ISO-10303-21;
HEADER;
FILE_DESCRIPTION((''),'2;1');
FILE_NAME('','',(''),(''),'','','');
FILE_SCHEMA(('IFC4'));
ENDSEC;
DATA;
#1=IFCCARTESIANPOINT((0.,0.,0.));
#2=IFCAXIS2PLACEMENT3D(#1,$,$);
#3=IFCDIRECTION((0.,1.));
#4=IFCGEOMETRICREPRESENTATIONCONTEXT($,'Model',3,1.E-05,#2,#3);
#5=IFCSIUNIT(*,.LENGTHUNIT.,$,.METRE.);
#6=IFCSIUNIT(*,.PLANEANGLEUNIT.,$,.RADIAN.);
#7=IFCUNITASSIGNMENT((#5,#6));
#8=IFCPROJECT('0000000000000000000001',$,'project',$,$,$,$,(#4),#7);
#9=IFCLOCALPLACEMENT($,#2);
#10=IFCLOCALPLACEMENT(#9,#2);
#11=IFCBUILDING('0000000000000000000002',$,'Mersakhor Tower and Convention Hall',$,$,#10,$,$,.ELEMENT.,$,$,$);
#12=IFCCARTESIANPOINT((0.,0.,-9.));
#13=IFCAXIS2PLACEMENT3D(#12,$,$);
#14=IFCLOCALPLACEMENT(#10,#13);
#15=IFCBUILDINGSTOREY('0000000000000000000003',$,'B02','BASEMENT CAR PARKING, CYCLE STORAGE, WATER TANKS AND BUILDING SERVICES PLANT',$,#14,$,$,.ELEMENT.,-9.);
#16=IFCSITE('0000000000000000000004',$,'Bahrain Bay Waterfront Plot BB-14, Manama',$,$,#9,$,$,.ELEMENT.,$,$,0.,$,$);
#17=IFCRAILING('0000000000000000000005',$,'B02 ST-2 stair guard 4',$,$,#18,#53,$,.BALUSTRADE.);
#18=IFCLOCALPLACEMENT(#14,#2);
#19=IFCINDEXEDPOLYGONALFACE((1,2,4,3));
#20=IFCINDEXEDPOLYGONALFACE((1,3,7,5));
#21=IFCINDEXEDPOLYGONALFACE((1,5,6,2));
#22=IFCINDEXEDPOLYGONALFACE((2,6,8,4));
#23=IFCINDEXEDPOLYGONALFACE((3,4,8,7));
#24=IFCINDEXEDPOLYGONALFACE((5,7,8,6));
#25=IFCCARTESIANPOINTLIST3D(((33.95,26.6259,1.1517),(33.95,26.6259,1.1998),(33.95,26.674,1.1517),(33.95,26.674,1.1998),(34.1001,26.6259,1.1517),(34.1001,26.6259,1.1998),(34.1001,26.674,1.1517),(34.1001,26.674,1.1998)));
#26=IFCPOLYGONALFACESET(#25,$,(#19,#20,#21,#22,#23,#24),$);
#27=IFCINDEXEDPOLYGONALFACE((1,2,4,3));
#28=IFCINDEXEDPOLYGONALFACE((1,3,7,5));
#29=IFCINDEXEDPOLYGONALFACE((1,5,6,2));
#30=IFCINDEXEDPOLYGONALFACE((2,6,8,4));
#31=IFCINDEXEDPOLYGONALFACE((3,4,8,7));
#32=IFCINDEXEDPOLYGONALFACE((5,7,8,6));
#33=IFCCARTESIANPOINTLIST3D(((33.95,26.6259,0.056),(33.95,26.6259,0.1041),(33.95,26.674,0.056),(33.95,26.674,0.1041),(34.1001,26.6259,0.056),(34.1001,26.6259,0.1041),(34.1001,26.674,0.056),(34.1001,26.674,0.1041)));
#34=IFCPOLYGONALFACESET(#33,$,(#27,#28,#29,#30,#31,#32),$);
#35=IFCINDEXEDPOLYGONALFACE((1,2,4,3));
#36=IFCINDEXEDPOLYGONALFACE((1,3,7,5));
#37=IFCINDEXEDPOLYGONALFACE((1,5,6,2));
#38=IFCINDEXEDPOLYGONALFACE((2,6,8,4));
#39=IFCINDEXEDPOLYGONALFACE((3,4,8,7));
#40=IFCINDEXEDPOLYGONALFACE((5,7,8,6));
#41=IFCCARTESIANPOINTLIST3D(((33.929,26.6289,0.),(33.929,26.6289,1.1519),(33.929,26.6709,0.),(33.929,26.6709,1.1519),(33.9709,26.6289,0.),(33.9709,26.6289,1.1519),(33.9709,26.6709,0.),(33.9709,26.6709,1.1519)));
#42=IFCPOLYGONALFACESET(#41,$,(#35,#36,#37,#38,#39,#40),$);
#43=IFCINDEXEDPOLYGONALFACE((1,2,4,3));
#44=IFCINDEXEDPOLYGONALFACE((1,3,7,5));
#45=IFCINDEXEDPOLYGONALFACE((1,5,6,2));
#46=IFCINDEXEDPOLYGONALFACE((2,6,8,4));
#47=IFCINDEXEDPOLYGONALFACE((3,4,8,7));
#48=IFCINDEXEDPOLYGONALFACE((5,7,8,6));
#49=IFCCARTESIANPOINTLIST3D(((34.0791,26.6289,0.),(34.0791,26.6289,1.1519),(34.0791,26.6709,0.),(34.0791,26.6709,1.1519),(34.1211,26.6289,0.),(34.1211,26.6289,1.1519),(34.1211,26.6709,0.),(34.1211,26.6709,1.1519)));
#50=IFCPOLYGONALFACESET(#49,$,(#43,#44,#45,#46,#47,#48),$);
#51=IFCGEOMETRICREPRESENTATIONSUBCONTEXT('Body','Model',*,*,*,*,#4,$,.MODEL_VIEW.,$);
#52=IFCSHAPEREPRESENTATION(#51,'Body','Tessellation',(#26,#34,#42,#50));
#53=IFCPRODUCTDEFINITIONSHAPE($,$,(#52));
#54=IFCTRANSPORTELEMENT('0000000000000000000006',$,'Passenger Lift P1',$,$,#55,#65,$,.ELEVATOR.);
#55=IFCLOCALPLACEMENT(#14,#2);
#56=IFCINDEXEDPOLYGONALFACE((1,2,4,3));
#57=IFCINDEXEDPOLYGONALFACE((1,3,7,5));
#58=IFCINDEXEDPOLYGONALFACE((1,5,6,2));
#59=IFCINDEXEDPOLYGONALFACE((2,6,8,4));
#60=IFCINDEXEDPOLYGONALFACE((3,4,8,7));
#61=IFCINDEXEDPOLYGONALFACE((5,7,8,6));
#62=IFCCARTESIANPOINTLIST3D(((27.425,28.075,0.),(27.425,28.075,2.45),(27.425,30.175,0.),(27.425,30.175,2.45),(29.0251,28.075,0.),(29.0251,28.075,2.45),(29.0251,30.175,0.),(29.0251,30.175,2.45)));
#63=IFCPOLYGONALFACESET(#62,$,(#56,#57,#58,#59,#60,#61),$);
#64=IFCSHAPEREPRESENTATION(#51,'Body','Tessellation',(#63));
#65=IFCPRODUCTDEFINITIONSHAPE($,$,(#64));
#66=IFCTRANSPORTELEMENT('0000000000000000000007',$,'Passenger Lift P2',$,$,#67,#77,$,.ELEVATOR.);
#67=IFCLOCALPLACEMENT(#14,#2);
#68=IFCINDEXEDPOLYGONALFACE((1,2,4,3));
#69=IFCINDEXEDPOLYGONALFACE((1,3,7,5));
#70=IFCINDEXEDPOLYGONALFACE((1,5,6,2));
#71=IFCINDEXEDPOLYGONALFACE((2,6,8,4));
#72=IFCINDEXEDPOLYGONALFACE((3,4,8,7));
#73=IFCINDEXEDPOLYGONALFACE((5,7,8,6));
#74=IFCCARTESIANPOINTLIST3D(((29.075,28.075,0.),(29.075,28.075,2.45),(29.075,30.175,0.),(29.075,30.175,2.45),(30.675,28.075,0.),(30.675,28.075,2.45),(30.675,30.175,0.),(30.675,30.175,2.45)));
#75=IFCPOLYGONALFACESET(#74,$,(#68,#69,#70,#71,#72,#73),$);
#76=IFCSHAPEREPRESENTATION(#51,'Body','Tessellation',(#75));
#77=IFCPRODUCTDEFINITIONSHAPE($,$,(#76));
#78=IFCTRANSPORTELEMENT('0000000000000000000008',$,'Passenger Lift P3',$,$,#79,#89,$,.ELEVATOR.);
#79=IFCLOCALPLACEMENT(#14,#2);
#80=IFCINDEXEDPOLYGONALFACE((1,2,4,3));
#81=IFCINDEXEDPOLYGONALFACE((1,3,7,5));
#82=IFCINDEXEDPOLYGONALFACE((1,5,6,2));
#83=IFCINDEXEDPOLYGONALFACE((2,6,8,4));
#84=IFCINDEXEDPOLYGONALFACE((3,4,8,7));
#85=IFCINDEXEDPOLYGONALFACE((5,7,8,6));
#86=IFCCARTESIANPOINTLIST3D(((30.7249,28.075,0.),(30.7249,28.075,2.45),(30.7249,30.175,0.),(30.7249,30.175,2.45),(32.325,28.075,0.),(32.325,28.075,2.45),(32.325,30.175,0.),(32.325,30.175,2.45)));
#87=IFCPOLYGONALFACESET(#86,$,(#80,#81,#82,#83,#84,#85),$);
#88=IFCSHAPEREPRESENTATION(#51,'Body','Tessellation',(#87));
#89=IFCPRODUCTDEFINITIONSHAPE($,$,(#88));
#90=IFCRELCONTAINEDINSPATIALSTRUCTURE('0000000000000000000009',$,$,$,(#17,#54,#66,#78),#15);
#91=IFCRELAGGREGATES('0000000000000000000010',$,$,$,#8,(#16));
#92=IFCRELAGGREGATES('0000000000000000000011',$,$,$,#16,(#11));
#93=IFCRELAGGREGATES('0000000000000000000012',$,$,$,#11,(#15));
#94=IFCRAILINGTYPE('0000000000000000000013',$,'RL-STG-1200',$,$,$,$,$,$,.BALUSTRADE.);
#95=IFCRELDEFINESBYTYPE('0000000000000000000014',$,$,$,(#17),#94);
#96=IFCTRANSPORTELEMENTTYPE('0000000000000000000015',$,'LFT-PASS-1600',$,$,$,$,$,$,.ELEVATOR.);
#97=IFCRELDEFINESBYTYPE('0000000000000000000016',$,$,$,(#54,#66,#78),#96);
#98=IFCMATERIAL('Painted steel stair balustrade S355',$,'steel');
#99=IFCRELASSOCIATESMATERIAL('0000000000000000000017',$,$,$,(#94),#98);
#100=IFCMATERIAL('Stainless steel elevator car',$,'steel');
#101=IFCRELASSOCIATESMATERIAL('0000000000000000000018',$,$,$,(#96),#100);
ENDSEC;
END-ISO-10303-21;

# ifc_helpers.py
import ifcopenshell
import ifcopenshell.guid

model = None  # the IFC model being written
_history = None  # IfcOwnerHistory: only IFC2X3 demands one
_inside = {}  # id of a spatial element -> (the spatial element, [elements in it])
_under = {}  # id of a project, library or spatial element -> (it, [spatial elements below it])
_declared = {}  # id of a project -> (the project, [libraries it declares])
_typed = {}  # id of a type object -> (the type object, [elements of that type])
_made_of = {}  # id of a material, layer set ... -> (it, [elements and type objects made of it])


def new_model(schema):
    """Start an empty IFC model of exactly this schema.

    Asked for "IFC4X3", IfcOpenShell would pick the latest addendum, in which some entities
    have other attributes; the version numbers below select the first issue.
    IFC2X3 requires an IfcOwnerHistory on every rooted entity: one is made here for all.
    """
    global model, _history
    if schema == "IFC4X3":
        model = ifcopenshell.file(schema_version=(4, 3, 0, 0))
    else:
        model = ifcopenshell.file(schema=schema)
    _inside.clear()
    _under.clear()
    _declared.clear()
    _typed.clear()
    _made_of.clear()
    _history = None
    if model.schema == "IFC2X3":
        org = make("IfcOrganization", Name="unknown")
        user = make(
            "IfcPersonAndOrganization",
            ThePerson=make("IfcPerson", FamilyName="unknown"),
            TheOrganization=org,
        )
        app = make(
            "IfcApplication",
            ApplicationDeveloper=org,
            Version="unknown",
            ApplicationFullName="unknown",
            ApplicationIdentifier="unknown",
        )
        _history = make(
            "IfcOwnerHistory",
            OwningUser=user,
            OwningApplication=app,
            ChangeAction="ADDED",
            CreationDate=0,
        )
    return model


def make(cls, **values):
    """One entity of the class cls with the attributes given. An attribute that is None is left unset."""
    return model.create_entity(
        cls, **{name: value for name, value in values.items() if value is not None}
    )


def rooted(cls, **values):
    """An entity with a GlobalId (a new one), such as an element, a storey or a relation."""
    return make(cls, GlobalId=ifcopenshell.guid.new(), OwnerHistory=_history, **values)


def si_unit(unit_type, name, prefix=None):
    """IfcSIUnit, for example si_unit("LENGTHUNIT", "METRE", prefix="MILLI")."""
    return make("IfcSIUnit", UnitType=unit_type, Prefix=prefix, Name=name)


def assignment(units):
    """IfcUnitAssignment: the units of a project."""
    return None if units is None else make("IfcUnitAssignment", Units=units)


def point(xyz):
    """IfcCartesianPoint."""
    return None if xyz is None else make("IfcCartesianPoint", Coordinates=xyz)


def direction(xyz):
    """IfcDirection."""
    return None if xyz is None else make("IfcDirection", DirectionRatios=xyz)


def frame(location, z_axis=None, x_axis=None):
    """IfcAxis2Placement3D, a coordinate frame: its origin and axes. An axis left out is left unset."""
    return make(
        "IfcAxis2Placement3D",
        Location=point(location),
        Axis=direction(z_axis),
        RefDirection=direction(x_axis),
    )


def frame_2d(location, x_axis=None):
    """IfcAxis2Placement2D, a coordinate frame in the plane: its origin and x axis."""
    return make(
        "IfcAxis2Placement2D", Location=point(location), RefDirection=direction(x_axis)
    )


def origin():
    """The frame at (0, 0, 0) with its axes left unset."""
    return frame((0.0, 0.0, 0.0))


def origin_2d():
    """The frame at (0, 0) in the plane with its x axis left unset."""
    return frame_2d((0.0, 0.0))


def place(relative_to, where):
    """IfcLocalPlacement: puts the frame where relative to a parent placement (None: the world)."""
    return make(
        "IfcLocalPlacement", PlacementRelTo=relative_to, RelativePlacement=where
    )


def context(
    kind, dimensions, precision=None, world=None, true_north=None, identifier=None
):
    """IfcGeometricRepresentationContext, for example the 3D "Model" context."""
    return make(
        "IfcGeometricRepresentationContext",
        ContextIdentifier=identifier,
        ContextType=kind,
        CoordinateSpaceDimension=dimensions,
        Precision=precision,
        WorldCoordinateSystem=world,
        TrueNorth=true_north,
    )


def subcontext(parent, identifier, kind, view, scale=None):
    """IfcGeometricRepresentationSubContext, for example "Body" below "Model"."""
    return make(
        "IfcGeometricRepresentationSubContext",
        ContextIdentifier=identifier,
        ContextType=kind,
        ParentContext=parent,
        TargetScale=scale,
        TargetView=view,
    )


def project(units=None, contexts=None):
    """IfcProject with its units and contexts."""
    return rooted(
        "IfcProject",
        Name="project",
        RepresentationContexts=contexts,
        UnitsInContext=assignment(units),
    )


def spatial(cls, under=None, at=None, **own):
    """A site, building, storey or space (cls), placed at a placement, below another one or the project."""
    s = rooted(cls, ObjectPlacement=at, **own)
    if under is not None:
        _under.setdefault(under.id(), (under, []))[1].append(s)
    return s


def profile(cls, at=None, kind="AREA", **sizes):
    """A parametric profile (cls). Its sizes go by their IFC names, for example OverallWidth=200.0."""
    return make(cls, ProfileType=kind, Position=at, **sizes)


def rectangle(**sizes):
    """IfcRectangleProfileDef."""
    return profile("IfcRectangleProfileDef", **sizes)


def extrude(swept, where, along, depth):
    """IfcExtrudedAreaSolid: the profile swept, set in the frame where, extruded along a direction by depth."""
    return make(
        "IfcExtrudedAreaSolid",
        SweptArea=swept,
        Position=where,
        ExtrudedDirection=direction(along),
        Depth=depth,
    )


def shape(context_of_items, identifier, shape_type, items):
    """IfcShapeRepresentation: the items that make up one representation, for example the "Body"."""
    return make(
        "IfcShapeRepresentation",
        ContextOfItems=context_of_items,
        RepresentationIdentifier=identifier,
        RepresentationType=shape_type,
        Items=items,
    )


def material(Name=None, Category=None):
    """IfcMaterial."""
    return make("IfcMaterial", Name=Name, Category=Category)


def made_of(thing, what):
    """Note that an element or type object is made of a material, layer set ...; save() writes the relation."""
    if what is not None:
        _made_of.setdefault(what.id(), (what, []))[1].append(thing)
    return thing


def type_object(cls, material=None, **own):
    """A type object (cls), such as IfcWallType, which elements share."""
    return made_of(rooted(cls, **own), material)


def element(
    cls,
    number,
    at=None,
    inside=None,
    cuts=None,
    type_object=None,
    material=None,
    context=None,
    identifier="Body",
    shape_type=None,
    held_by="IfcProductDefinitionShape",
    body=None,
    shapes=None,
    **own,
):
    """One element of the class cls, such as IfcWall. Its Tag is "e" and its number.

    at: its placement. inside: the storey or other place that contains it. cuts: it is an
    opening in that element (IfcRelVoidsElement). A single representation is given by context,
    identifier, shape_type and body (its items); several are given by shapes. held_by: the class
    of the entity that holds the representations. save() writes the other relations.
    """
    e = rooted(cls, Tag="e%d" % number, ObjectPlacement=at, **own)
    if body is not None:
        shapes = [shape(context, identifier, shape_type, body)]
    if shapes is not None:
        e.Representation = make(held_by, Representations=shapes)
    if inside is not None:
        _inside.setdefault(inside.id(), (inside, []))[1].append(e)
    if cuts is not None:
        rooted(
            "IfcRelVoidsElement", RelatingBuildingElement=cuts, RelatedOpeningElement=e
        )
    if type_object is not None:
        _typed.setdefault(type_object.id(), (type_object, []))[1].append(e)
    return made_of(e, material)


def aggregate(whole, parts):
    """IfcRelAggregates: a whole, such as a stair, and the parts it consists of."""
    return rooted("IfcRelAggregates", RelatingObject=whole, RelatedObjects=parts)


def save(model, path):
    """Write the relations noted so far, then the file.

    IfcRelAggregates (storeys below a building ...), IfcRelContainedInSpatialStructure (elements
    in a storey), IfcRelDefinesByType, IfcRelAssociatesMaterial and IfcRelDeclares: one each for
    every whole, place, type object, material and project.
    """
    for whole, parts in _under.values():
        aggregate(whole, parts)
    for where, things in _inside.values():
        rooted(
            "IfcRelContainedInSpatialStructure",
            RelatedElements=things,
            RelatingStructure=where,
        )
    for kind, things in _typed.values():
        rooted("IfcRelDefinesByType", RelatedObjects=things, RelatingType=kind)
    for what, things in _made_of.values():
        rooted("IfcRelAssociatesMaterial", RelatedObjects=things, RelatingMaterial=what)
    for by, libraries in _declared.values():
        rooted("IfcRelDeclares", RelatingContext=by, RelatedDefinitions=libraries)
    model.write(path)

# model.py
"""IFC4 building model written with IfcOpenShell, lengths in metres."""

from ifc_helpers import new_model, si_unit, direction, frame, origin, origin_2d, place, context, subcontext, project, spatial, rectangle, extrude, material, type_object, element, save


model = new_model("IFC4")

# Units and contexts
model_context = context("Model", 3, precision=1e-05, world=origin(), true_north=direction((0.0, 1.0)))
body_context = subcontext(model_context, "Body", "Model", "MODEL_VIEW")
ifc_project = project(units=[si_unit("LENGTHUNIT", "METRE"), si_unit("PLANEANGLEUNIT", "RADIAN")], contexts=[model_context])

# Site, building, storey
site_placement = place(None, origin())
site = spatial("IfcSite", under=ifc_project, at=site_placement, Name="Bahrain Bay Waterfront Plot BB-14, Manama", CompositionType="ELEMENT", RefElevation=0.0)
building_placement = place(site_placement, origin())
building = spatial("IfcBuilding", under=site, at=building_placement, Name="Mersakhor Tower and Convention Hall", CompositionType="ELEMENT")
storey_placement = place(building_placement, frame((0.0, 0.0, -9.0)))
storey = spatial("IfcBuildingStorey", under=building, at=storey_placement, Name="B02", Description="BASEMENT CAR PARKING, CYCLE STORAGE, WATER TANKS AND BUILDING SERVICES PLANT", CompositionType="ELEMENT", Elevation=-9.0)

# Railing
ifc_material_1 = material(Name="Painted steel stair balustrade S355", Category="steel")
railing_type_1 = type_object("IfcRailingType", Name="RL-STG-1200", PredefinedType="BALUSTRADE", material=ifc_material_1)
railing_1_placement = place(storey_placement, frame((33.95, 26.6499, 0.0)))
element("IfcRailing", 1, at=railing_1_placement, inside=storey, type_object=railing_type_1, Name="B02 ST-2 stair guard 4", PredefinedType="BALUSTRADE", context=body_context, shape_type="SweptSolid", body=[
    extrude(rectangle(XDim=0.0481, YDim=0.0481, at=origin_2d()), frame((0.0, 0.0, 1.1758), z_axis=(1.0, 0.0, 0.0), x_axis=(0.0, 1.0, 0.0)), (0.0, 0.0, 1.0), 0.1501),
    extrude(rectangle(XDim=0.0481, YDim=0.0481, at=origin_2d()), frame((0.0, 0.0, 0.0801), z_axis=(1.0, 0.0, 0.0), x_axis=(0.0, 1.0, 0.0)), (0.0, 0.0, 1.0), 0.1501),
    extrude(rectangle(XDim=0.042, YDim=0.042, at=origin_2d()), origin(), (0.0, 0.0, 1.0), 1.1519),
    extrude(rectangle(XDim=0.042, YDim=0.042, at=origin_2d()), frame((0.1501, 0.0, 0.0)), (0.0, 0.0, 1.0), 1.1519),
])

# Transport elements
ifc_material_2 = material(Name="Stainless steel elevator car", Category="steel")
transport_element_type = type_object("IfcTransportElementType", Name="LFT-PASS-1600", PredefinedType="ELEVATOR", material=ifc_material_2)
for number, where, z_axis, x_axis, name in (
    (2, (28.2251, 29.125, 0.0), (0.0, 0.0, 1.0), (1.0, 0.0, 0.0), "Passenger Lift P1"),
    (3, (29.875, 29.125, 0.0), (0.0, 0.0, 1.0), (1.0, 0.0, 0.0), "Passenger Lift P2"),
    (4, (31.5249, 29.125, 0.0), (0.0, 0.0, 1.0), (1.0, 0.0, 0.0), "Passenger Lift P3"),
):
    element("IfcTransportElement", number, at=place(storey_placement, frame(where, z_axis=z_axis, x_axis=x_axis)), inside=storey, type_object=transport_element_type, Name=name, PredefinedType="ELEVATOR", context=body_context, shape_type="SweptSolid", body=[
        extrude(rectangle(XDim=1.6001, YDim=2.1001, at=origin_2d()), origin(), (0.0, 0.0, 1.0), 2.45),
    ])

save(model, "model.ifc")
